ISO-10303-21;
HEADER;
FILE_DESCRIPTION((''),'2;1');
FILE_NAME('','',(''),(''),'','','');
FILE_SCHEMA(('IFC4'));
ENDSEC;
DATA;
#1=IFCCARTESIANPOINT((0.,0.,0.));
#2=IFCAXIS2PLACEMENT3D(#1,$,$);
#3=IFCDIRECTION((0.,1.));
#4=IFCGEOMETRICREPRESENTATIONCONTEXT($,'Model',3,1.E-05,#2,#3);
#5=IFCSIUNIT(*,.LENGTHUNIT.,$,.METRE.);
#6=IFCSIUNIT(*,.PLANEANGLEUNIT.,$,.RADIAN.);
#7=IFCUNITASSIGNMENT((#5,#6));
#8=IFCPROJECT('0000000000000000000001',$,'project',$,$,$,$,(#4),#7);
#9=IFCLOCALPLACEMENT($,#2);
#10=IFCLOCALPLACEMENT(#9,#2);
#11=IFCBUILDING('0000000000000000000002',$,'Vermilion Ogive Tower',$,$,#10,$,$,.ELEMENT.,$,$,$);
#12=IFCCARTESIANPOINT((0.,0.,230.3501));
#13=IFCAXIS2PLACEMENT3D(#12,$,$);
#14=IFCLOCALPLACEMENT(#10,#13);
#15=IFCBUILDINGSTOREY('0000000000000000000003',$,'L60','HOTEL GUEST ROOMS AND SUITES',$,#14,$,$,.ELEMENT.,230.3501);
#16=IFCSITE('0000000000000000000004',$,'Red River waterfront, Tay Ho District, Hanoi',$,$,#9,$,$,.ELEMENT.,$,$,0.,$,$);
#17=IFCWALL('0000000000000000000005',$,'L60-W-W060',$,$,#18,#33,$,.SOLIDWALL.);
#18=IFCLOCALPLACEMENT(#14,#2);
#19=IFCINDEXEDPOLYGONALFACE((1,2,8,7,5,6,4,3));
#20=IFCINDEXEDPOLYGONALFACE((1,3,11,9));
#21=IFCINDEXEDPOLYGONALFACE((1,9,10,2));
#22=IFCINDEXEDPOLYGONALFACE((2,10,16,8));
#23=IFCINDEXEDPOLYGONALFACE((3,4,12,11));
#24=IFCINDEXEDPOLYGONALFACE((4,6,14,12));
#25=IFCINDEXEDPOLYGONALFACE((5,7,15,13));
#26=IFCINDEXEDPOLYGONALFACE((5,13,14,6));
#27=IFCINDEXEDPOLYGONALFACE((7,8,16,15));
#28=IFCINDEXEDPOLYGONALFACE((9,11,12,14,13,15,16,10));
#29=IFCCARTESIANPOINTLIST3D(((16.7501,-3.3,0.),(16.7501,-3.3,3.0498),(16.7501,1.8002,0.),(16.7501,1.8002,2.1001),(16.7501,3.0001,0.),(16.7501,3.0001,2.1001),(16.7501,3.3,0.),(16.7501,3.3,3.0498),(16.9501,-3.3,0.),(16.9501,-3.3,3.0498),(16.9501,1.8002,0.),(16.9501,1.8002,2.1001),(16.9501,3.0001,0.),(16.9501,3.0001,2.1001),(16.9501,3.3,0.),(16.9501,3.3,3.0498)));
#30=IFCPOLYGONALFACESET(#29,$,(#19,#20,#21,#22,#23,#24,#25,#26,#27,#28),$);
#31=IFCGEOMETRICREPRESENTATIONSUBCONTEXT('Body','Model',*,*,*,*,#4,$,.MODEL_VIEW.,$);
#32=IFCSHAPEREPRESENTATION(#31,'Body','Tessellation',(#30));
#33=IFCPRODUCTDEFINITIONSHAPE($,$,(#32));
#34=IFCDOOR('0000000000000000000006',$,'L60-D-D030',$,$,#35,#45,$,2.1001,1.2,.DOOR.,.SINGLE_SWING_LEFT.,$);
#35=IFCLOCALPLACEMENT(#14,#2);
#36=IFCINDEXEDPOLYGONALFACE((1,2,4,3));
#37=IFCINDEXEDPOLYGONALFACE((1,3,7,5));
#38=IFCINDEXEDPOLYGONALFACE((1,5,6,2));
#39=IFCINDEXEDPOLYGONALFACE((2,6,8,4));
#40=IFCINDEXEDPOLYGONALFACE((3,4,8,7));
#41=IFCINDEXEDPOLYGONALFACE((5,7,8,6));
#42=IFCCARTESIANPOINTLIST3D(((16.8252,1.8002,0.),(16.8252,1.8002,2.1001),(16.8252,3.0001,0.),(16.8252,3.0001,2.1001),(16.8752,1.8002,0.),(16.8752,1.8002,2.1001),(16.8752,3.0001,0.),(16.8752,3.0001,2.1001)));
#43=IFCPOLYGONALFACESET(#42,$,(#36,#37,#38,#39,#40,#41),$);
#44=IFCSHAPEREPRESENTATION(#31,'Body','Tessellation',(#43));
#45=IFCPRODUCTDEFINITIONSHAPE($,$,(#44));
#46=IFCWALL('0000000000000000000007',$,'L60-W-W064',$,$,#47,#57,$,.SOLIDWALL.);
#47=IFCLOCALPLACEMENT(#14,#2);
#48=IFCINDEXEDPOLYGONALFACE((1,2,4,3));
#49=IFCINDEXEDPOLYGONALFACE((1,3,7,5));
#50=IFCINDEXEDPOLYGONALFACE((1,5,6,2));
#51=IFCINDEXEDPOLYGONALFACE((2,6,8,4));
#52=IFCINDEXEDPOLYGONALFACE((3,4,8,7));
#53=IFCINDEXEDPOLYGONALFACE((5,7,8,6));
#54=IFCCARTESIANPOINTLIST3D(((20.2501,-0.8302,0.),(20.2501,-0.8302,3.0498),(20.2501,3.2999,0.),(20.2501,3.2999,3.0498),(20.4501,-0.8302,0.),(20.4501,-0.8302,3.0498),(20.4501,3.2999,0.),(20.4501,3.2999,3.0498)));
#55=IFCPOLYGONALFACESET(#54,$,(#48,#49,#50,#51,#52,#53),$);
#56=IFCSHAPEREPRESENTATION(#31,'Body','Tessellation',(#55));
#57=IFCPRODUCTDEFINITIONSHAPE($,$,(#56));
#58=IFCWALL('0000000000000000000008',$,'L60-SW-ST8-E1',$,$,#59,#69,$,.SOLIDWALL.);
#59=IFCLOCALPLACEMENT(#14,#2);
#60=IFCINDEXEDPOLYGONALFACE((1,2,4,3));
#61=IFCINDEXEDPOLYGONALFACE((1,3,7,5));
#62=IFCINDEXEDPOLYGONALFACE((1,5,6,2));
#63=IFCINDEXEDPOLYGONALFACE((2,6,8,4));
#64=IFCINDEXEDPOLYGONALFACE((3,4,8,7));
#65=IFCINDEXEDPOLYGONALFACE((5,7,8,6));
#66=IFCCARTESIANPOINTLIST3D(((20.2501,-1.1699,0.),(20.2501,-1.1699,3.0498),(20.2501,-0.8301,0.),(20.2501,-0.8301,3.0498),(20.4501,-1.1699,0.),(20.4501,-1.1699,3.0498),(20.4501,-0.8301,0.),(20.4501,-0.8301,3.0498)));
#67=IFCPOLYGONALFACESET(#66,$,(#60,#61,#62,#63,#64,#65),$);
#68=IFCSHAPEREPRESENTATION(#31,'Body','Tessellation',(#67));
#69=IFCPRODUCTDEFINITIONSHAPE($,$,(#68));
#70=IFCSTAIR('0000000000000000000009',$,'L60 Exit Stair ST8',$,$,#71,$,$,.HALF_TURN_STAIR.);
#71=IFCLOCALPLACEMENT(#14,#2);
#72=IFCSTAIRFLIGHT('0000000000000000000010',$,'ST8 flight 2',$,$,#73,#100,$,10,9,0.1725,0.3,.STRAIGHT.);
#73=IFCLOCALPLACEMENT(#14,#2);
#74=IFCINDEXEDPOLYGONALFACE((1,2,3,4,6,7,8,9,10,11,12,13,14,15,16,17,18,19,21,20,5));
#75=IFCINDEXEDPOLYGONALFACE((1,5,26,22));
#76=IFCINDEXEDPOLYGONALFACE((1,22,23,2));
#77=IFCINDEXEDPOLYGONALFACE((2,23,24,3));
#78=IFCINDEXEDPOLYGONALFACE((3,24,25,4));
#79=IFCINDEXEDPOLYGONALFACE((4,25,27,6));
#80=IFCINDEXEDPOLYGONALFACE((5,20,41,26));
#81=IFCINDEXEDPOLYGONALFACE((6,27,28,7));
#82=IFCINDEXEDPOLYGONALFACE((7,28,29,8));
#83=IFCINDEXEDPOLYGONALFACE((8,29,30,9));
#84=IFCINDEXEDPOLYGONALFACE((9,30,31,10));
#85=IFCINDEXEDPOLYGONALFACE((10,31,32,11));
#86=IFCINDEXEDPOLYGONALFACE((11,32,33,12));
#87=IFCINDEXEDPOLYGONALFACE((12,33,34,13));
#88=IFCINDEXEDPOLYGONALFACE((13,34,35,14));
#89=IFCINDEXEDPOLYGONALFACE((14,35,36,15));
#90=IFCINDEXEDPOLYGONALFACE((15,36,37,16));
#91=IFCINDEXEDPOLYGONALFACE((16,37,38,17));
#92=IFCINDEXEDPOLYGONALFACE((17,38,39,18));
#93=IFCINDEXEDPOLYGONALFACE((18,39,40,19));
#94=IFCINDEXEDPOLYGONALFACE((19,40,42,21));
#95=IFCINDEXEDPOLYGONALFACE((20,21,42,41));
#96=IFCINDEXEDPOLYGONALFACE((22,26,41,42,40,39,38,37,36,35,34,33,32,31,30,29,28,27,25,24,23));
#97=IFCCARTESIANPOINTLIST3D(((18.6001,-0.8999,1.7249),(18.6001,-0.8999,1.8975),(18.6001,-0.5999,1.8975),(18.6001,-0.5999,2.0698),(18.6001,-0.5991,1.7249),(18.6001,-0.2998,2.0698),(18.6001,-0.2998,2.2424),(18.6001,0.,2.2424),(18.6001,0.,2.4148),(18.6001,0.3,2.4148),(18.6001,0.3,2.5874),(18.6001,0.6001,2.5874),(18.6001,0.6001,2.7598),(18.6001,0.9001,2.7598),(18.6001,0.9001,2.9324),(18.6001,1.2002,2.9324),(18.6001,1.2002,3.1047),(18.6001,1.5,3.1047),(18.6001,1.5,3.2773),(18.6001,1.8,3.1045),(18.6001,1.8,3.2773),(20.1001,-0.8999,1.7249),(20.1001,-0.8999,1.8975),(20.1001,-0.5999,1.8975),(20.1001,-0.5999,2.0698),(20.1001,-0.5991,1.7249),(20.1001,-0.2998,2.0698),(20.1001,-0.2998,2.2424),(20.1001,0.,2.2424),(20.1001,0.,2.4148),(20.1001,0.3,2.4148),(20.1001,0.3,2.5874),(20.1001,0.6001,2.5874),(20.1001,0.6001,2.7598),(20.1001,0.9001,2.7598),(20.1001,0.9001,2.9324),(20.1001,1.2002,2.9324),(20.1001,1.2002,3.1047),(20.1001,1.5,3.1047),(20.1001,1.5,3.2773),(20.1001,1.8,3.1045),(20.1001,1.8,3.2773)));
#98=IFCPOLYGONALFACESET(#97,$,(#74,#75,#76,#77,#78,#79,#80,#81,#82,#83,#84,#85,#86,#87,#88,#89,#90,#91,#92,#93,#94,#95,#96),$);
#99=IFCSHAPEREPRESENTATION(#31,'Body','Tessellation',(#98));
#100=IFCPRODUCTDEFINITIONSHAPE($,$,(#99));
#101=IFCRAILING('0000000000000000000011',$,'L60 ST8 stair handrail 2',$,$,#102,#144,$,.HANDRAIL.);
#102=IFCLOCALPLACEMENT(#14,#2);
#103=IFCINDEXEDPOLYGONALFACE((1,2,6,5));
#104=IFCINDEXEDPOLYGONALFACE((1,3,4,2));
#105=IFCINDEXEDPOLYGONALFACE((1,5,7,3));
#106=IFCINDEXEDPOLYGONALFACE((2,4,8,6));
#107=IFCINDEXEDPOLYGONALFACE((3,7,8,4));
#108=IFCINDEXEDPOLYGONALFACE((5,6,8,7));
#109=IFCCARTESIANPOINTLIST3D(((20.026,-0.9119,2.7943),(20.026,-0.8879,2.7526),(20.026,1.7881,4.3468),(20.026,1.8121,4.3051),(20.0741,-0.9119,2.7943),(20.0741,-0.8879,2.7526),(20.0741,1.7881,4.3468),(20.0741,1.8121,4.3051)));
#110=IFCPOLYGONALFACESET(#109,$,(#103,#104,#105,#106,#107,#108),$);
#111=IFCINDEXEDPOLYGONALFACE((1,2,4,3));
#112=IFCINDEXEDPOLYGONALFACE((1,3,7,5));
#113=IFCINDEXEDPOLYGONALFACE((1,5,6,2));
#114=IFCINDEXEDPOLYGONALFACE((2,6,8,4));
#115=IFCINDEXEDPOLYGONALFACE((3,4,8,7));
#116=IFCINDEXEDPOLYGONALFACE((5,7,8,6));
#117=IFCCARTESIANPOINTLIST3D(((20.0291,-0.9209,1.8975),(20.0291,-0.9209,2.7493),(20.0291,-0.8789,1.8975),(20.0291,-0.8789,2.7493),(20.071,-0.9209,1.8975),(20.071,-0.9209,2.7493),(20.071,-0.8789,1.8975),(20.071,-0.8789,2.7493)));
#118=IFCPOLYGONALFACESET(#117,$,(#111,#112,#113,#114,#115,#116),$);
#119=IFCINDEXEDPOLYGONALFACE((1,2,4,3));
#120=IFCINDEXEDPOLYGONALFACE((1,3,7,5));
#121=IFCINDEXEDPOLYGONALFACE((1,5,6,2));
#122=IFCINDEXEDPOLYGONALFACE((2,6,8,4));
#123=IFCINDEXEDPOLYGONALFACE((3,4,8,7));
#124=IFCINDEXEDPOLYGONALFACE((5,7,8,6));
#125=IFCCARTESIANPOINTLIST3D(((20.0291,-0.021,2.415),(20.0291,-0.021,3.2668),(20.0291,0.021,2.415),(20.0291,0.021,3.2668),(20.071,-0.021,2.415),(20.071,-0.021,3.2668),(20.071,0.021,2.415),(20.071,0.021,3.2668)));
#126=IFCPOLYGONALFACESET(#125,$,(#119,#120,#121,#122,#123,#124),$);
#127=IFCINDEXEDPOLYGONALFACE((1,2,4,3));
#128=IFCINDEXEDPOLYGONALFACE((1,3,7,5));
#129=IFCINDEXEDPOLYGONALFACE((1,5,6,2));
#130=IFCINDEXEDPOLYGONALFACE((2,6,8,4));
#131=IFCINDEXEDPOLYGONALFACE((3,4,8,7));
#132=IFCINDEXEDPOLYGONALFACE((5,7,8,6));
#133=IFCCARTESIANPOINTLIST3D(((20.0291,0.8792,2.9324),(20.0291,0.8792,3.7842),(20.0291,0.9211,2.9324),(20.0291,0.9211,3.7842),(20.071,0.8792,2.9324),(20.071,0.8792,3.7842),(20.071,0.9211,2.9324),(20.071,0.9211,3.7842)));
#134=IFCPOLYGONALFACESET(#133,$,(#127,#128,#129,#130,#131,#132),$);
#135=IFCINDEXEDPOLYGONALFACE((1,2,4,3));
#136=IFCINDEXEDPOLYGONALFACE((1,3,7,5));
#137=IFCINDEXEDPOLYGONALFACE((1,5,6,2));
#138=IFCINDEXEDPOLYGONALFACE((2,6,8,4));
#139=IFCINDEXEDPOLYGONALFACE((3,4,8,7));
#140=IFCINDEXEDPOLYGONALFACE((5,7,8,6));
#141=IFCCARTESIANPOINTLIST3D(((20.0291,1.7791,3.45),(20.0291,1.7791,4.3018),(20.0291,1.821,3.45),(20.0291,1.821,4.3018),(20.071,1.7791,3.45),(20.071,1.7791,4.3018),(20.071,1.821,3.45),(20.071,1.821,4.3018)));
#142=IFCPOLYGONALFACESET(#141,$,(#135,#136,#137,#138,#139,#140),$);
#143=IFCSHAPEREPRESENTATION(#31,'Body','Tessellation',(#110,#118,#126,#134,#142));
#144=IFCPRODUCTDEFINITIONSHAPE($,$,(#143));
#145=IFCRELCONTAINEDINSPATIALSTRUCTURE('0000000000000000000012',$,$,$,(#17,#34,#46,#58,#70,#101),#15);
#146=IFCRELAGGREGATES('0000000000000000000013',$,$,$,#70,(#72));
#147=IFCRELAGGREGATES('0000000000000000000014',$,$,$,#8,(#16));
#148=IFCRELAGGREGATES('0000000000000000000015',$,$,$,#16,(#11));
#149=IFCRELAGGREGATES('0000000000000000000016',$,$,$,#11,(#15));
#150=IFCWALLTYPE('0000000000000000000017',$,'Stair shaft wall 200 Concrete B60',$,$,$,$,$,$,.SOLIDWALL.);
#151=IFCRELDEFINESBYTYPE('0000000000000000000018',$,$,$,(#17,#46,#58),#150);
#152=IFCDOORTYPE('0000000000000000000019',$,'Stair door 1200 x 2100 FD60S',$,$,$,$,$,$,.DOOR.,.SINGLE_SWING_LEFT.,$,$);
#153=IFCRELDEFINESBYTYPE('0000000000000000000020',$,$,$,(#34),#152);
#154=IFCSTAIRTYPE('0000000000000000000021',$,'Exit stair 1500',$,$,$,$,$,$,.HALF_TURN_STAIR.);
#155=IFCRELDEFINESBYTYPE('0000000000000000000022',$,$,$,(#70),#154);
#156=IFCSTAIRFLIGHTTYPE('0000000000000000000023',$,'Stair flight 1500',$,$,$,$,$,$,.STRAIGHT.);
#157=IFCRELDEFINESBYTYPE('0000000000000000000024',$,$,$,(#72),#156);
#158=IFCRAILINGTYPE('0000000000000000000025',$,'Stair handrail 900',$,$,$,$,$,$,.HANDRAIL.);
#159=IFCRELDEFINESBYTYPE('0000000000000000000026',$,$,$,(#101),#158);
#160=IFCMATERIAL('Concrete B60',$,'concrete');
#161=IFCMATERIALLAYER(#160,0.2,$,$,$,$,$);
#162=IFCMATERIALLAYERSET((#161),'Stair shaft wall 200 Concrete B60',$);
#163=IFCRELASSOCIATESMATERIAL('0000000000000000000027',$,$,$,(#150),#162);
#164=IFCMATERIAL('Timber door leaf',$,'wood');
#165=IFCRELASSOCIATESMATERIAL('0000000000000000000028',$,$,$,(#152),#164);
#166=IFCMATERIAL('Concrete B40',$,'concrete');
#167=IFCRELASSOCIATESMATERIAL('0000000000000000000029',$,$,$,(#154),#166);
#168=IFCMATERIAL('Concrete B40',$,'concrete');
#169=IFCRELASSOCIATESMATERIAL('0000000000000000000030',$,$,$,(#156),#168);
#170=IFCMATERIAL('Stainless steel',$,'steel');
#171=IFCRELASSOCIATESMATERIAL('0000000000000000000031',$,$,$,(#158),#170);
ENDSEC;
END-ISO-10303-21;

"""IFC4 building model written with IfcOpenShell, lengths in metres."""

from ifc_helpers import new_model, si_unit, direction, frame, frame_2d, origin, origin_2d, place, context, subcontext, project, spatial, polyline, rectangle, outline, extrude, material, layer, layer_set, type_object, element, fill, aggregate, save


model = new_model("IFC4")

# Units and contexts
model_context = context("Model", 3, precision=1e-05, world=origin(), true_north=direction((0.0, 1.0)))
body_context = subcontext(model_context, "Body", "Model", "MODEL_VIEW")
ifc_project = project(units=[si_unit("LENGTHUNIT", "METRE"), si_unit("PLANEANGLEUNIT", "RADIAN")], contexts=[model_context])

# Site, building, storey
site_placement = place(None, origin())
site = spatial("IfcSite", under=ifc_project, at=site_placement, Name="Red River waterfront, Tay Ho District, Hanoi", CompositionType="ELEMENT", RefElevation=0.0)
building_placement = place(site_placement, origin())
building = spatial("IfcBuilding", under=site, at=building_placement, Name="Vermilion Ogive Tower", CompositionType="ELEMENT")
storey_placement = place(building_placement, frame((0.0, 0.0, 230.3501)))
storey = spatial("IfcBuildingStorey", under=building, at=storey_placement, Name="L60", Description="HOTEL GUEST ROOMS AND SUITES", CompositionType="ELEMENT", Elevation=230.3501)

# Shared definitions
ifc_material_1 = material(Name="Concrete B60", Category="concrete")
ifc_layer_1 = layer(ifc_material_1, 0.2)
ifc_layer_set_1 = layer_set([ifc_layer_1], Name="Stair shaft wall 200 Concrete B60")
wall_type_1 = type_object("IfcWallType", Name="Stair shaft wall 200 Concrete B60", PredefinedType="SOLIDWALL", material=ifc_layer_set_1)

# Wall, opening, door
wall_1_placement = place(storey_placement, frame((16.8501, -3.3, 0.0), z_axis=(0.0, 0.0, 1.0), x_axis=(0.0, 1.0, 0.0)))
wall_1 = element("IfcWall", 1, at=wall_1_placement, inside=storey, type_object=wall_type_1, Name="L60-W-W060", PredefinedType="SOLIDWALL", context=body_context, shape_type="SweptSolid", body=[
    extrude(rectangle(XDim=6.6001, YDim=0.2, at=frame_2d((3.3, 0.0))), origin(), (0.0, 0.0, 1.0), 3.0498),
])
opening_1_placement = place(wall_1_placement, frame((5.1001, 0.0, 0.0)))
opening_1 = element("IfcOpeningElement", 2, at=opening_1_placement, cuts=wall_1, PredefinedType="OPENING", context=body_context, shape_type="SweptSolid", body=[
    extrude(rectangle(XDim=1.2, YDim=2.1001, at=frame_2d((0.6001, 1.05))), frame((0.0, 0.1099, 0.0), z_axis=(0.0, -1.0, 0.0), x_axis=(1.0, 0.0, 0.0)), (0.0, 0.0, 1.0), 0.22),
])
ifc_material_2 = material(Name="Timber door leaf", Category="wood")
door_type_1 = type_object("IfcDoorType", Name="Stair door 1200 x 2100 FD60S", OperationType="SINGLE_SWING_LEFT", PredefinedType="DOOR", material=ifc_material_2)
door_1_placement = place(opening_1_placement, origin())
door_1 = element("IfcDoor", 3, at=door_1_placement, inside=storey, type_object=door_type_1, Name="L60-D-D030", OperationType="SINGLE_SWING_LEFT", OverallHeight=2.1001, OverallWidth=1.2, PredefinedType="DOOR", context=body_context, shape_type="SweptSolid", body=[
    extrude(rectangle(XDim=1.2, YDim=2.1001, at=frame_2d((0.6001, 1.05))), frame((0.0, 0.0249, 0.0), z_axis=(0.0, -1.0, 0.0), x_axis=(1.0, 0.0, 0.0)), (0.0, 0.0, 1.0), 0.05),
])
fill(opening_1, door_1)

# Walls
wall_2_placement = place(storey_placement, frame((20.3501, -0.8301, 0.0), z_axis=(0.0, 0.0, 1.0), x_axis=(0.0, 1.0, 0.0)))
element("IfcWall", 4, at=wall_2_placement, inside=storey, type_object=wall_type_1, Name="L60-W-W064", PredefinedType="SOLIDWALL", context=body_context, shape_type="SweptSolid", body=[
    extrude(rectangle(XDim=4.1301, YDim=0.2, at=frame_2d((2.0649, 0.0))), origin(), (0.0, 0.0, 1.0), 3.0498),
])
wall_3_placement = place(storey_placement, frame((20.3501, -1.1699, 0.0), z_axis=(0.0, 0.0, 1.0), x_axis=(0.0, 1.0, 0.0)))
element("IfcWall", 5, at=wall_3_placement, inside=storey, type_object=wall_type_1, Name="L60-SW-ST8-E1", PredefinedType="SOLIDWALL", context=body_context, shape_type="SweptSolid", body=[
    extrude(rectangle(XDim=0.3398, YDim=0.2, at=frame_2d((0.1699, 0.0))), origin(), (0.0, 0.0, 1.0), 3.0498),
])

# Stair, stair flight
ifc_material_3 = material(Name="Concrete B40", Category="concrete")
stair_type = type_object("IfcStairType", Name="Exit stair 1500", PredefinedType="HALF_TURN_STAIR", material=ifc_material_3)
stair_placement = place(storey_placement, origin())
stair = element("IfcStair", 6, at=stair_placement, inside=storey, type_object=stair_type, Name="L60 Exit Stair ST8", PredefinedType="HALF_TURN_STAIR")
ifc_material_4 = material(Name="Concrete B40", Category="concrete")
stair_flight_type = type_object("IfcStairFlightType", Name="Stair flight 1500", PredefinedType="STRAIGHT", material=ifc_material_4)
stair_flight_placement = place(storey_placement, frame((19.3501, -0.8999, 1.7249), z_axis=(0.0, 0.0, 1.0), x_axis=(0.0, 1.0, 0.0)))
stair_flight = element("IfcStairFlight", 7, at=stair_flight_placement, type_object=stair_flight_type, Name="ST8 flight 2", NumberOfRisers=10, NumberOfTreads=9, PredefinedType="STRAIGHT", RiserHeight=0.1725, TreadLength=0.3, context=body_context, shape_type="SweptSolid", body=[
    extrude(outline(polyline([(0.0, 0.0), (0.0, 0.1726), (0.3, 0.1726), (0.3, 0.345), (0.6001, 0.345), (0.6001, 0.5176), (0.8999, 0.5176), (0.8999, 0.6899), (1.2, 0.6899), (1.2, 0.8625), (1.5, 0.8625), (1.5, 1.0349), (1.8, 1.0349), (1.8, 1.2075), (2.1001, 1.2075), (2.1001, 1.3799), (2.3999, 1.3799), (2.3999, 1.5525), (2.7, 1.5525), (2.7, 1.7251), (2.7, 1.3796), (0.3008, 0.0), (0.0, 0.0)])), frame((0.0, 0.75, 0.0), z_axis=(0.0, -1.0, 0.0), x_axis=(1.0, 0.0, 0.0)), (0.0, 0.0, 1.0), 1.5),
])
aggregate(stair, [stair_flight])

# Railing
ifc_material_5 = material(Name="Stainless steel", Category="steel")
railing_type = type_object("IfcRailingType", Name="Stair handrail 900", PredefinedType="HANDRAIL", material=ifc_material_5)
railing_placement = place(storey_placement, frame((20.05, -0.8999, 1.8975)))
element("IfcRailing", 8, at=railing_placement, inside=storey, type_object=railing_type, Name="L60 ST8 stair handrail 2", PredefinedType="HANDRAIL", context=body_context, shape_type="SweptSolid", body=[
    extrude(rectangle(XDim=0.0481, YDim=0.0481, at=origin_2d()), frame((0.0, 0.0, 0.876), z_axis=(0.0, 0.866904, 0.498476), x_axis=(-1.0, 0.0, 0.0)), (0.0, 0.0, 1.0), 3.1145),
    extrude(rectangle(XDim=0.042, YDim=0.042, at=origin_2d()), origin(), (0.0, 0.0, 1.0), 0.8518),
    extrude(rectangle(XDim=0.042, YDim=0.042, at=origin_2d()), frame((0.0, 0.8999, 0.5176)), (0.0, 0.0, 1.0), 0.8518),
    extrude(rectangle(XDim=0.042, YDim=0.042, at=origin_2d()), frame((0.0, 1.8, 1.0349)), (0.0, 0.0, 1.0), 0.8518),
    extrude(rectangle(XDim=0.042, YDim=0.042, at=origin_2d()), frame((0.0, 2.7, 1.5525)), (0.0, 0.0, 1.0), 0.8518),
])

save(model, "model.ifc")
